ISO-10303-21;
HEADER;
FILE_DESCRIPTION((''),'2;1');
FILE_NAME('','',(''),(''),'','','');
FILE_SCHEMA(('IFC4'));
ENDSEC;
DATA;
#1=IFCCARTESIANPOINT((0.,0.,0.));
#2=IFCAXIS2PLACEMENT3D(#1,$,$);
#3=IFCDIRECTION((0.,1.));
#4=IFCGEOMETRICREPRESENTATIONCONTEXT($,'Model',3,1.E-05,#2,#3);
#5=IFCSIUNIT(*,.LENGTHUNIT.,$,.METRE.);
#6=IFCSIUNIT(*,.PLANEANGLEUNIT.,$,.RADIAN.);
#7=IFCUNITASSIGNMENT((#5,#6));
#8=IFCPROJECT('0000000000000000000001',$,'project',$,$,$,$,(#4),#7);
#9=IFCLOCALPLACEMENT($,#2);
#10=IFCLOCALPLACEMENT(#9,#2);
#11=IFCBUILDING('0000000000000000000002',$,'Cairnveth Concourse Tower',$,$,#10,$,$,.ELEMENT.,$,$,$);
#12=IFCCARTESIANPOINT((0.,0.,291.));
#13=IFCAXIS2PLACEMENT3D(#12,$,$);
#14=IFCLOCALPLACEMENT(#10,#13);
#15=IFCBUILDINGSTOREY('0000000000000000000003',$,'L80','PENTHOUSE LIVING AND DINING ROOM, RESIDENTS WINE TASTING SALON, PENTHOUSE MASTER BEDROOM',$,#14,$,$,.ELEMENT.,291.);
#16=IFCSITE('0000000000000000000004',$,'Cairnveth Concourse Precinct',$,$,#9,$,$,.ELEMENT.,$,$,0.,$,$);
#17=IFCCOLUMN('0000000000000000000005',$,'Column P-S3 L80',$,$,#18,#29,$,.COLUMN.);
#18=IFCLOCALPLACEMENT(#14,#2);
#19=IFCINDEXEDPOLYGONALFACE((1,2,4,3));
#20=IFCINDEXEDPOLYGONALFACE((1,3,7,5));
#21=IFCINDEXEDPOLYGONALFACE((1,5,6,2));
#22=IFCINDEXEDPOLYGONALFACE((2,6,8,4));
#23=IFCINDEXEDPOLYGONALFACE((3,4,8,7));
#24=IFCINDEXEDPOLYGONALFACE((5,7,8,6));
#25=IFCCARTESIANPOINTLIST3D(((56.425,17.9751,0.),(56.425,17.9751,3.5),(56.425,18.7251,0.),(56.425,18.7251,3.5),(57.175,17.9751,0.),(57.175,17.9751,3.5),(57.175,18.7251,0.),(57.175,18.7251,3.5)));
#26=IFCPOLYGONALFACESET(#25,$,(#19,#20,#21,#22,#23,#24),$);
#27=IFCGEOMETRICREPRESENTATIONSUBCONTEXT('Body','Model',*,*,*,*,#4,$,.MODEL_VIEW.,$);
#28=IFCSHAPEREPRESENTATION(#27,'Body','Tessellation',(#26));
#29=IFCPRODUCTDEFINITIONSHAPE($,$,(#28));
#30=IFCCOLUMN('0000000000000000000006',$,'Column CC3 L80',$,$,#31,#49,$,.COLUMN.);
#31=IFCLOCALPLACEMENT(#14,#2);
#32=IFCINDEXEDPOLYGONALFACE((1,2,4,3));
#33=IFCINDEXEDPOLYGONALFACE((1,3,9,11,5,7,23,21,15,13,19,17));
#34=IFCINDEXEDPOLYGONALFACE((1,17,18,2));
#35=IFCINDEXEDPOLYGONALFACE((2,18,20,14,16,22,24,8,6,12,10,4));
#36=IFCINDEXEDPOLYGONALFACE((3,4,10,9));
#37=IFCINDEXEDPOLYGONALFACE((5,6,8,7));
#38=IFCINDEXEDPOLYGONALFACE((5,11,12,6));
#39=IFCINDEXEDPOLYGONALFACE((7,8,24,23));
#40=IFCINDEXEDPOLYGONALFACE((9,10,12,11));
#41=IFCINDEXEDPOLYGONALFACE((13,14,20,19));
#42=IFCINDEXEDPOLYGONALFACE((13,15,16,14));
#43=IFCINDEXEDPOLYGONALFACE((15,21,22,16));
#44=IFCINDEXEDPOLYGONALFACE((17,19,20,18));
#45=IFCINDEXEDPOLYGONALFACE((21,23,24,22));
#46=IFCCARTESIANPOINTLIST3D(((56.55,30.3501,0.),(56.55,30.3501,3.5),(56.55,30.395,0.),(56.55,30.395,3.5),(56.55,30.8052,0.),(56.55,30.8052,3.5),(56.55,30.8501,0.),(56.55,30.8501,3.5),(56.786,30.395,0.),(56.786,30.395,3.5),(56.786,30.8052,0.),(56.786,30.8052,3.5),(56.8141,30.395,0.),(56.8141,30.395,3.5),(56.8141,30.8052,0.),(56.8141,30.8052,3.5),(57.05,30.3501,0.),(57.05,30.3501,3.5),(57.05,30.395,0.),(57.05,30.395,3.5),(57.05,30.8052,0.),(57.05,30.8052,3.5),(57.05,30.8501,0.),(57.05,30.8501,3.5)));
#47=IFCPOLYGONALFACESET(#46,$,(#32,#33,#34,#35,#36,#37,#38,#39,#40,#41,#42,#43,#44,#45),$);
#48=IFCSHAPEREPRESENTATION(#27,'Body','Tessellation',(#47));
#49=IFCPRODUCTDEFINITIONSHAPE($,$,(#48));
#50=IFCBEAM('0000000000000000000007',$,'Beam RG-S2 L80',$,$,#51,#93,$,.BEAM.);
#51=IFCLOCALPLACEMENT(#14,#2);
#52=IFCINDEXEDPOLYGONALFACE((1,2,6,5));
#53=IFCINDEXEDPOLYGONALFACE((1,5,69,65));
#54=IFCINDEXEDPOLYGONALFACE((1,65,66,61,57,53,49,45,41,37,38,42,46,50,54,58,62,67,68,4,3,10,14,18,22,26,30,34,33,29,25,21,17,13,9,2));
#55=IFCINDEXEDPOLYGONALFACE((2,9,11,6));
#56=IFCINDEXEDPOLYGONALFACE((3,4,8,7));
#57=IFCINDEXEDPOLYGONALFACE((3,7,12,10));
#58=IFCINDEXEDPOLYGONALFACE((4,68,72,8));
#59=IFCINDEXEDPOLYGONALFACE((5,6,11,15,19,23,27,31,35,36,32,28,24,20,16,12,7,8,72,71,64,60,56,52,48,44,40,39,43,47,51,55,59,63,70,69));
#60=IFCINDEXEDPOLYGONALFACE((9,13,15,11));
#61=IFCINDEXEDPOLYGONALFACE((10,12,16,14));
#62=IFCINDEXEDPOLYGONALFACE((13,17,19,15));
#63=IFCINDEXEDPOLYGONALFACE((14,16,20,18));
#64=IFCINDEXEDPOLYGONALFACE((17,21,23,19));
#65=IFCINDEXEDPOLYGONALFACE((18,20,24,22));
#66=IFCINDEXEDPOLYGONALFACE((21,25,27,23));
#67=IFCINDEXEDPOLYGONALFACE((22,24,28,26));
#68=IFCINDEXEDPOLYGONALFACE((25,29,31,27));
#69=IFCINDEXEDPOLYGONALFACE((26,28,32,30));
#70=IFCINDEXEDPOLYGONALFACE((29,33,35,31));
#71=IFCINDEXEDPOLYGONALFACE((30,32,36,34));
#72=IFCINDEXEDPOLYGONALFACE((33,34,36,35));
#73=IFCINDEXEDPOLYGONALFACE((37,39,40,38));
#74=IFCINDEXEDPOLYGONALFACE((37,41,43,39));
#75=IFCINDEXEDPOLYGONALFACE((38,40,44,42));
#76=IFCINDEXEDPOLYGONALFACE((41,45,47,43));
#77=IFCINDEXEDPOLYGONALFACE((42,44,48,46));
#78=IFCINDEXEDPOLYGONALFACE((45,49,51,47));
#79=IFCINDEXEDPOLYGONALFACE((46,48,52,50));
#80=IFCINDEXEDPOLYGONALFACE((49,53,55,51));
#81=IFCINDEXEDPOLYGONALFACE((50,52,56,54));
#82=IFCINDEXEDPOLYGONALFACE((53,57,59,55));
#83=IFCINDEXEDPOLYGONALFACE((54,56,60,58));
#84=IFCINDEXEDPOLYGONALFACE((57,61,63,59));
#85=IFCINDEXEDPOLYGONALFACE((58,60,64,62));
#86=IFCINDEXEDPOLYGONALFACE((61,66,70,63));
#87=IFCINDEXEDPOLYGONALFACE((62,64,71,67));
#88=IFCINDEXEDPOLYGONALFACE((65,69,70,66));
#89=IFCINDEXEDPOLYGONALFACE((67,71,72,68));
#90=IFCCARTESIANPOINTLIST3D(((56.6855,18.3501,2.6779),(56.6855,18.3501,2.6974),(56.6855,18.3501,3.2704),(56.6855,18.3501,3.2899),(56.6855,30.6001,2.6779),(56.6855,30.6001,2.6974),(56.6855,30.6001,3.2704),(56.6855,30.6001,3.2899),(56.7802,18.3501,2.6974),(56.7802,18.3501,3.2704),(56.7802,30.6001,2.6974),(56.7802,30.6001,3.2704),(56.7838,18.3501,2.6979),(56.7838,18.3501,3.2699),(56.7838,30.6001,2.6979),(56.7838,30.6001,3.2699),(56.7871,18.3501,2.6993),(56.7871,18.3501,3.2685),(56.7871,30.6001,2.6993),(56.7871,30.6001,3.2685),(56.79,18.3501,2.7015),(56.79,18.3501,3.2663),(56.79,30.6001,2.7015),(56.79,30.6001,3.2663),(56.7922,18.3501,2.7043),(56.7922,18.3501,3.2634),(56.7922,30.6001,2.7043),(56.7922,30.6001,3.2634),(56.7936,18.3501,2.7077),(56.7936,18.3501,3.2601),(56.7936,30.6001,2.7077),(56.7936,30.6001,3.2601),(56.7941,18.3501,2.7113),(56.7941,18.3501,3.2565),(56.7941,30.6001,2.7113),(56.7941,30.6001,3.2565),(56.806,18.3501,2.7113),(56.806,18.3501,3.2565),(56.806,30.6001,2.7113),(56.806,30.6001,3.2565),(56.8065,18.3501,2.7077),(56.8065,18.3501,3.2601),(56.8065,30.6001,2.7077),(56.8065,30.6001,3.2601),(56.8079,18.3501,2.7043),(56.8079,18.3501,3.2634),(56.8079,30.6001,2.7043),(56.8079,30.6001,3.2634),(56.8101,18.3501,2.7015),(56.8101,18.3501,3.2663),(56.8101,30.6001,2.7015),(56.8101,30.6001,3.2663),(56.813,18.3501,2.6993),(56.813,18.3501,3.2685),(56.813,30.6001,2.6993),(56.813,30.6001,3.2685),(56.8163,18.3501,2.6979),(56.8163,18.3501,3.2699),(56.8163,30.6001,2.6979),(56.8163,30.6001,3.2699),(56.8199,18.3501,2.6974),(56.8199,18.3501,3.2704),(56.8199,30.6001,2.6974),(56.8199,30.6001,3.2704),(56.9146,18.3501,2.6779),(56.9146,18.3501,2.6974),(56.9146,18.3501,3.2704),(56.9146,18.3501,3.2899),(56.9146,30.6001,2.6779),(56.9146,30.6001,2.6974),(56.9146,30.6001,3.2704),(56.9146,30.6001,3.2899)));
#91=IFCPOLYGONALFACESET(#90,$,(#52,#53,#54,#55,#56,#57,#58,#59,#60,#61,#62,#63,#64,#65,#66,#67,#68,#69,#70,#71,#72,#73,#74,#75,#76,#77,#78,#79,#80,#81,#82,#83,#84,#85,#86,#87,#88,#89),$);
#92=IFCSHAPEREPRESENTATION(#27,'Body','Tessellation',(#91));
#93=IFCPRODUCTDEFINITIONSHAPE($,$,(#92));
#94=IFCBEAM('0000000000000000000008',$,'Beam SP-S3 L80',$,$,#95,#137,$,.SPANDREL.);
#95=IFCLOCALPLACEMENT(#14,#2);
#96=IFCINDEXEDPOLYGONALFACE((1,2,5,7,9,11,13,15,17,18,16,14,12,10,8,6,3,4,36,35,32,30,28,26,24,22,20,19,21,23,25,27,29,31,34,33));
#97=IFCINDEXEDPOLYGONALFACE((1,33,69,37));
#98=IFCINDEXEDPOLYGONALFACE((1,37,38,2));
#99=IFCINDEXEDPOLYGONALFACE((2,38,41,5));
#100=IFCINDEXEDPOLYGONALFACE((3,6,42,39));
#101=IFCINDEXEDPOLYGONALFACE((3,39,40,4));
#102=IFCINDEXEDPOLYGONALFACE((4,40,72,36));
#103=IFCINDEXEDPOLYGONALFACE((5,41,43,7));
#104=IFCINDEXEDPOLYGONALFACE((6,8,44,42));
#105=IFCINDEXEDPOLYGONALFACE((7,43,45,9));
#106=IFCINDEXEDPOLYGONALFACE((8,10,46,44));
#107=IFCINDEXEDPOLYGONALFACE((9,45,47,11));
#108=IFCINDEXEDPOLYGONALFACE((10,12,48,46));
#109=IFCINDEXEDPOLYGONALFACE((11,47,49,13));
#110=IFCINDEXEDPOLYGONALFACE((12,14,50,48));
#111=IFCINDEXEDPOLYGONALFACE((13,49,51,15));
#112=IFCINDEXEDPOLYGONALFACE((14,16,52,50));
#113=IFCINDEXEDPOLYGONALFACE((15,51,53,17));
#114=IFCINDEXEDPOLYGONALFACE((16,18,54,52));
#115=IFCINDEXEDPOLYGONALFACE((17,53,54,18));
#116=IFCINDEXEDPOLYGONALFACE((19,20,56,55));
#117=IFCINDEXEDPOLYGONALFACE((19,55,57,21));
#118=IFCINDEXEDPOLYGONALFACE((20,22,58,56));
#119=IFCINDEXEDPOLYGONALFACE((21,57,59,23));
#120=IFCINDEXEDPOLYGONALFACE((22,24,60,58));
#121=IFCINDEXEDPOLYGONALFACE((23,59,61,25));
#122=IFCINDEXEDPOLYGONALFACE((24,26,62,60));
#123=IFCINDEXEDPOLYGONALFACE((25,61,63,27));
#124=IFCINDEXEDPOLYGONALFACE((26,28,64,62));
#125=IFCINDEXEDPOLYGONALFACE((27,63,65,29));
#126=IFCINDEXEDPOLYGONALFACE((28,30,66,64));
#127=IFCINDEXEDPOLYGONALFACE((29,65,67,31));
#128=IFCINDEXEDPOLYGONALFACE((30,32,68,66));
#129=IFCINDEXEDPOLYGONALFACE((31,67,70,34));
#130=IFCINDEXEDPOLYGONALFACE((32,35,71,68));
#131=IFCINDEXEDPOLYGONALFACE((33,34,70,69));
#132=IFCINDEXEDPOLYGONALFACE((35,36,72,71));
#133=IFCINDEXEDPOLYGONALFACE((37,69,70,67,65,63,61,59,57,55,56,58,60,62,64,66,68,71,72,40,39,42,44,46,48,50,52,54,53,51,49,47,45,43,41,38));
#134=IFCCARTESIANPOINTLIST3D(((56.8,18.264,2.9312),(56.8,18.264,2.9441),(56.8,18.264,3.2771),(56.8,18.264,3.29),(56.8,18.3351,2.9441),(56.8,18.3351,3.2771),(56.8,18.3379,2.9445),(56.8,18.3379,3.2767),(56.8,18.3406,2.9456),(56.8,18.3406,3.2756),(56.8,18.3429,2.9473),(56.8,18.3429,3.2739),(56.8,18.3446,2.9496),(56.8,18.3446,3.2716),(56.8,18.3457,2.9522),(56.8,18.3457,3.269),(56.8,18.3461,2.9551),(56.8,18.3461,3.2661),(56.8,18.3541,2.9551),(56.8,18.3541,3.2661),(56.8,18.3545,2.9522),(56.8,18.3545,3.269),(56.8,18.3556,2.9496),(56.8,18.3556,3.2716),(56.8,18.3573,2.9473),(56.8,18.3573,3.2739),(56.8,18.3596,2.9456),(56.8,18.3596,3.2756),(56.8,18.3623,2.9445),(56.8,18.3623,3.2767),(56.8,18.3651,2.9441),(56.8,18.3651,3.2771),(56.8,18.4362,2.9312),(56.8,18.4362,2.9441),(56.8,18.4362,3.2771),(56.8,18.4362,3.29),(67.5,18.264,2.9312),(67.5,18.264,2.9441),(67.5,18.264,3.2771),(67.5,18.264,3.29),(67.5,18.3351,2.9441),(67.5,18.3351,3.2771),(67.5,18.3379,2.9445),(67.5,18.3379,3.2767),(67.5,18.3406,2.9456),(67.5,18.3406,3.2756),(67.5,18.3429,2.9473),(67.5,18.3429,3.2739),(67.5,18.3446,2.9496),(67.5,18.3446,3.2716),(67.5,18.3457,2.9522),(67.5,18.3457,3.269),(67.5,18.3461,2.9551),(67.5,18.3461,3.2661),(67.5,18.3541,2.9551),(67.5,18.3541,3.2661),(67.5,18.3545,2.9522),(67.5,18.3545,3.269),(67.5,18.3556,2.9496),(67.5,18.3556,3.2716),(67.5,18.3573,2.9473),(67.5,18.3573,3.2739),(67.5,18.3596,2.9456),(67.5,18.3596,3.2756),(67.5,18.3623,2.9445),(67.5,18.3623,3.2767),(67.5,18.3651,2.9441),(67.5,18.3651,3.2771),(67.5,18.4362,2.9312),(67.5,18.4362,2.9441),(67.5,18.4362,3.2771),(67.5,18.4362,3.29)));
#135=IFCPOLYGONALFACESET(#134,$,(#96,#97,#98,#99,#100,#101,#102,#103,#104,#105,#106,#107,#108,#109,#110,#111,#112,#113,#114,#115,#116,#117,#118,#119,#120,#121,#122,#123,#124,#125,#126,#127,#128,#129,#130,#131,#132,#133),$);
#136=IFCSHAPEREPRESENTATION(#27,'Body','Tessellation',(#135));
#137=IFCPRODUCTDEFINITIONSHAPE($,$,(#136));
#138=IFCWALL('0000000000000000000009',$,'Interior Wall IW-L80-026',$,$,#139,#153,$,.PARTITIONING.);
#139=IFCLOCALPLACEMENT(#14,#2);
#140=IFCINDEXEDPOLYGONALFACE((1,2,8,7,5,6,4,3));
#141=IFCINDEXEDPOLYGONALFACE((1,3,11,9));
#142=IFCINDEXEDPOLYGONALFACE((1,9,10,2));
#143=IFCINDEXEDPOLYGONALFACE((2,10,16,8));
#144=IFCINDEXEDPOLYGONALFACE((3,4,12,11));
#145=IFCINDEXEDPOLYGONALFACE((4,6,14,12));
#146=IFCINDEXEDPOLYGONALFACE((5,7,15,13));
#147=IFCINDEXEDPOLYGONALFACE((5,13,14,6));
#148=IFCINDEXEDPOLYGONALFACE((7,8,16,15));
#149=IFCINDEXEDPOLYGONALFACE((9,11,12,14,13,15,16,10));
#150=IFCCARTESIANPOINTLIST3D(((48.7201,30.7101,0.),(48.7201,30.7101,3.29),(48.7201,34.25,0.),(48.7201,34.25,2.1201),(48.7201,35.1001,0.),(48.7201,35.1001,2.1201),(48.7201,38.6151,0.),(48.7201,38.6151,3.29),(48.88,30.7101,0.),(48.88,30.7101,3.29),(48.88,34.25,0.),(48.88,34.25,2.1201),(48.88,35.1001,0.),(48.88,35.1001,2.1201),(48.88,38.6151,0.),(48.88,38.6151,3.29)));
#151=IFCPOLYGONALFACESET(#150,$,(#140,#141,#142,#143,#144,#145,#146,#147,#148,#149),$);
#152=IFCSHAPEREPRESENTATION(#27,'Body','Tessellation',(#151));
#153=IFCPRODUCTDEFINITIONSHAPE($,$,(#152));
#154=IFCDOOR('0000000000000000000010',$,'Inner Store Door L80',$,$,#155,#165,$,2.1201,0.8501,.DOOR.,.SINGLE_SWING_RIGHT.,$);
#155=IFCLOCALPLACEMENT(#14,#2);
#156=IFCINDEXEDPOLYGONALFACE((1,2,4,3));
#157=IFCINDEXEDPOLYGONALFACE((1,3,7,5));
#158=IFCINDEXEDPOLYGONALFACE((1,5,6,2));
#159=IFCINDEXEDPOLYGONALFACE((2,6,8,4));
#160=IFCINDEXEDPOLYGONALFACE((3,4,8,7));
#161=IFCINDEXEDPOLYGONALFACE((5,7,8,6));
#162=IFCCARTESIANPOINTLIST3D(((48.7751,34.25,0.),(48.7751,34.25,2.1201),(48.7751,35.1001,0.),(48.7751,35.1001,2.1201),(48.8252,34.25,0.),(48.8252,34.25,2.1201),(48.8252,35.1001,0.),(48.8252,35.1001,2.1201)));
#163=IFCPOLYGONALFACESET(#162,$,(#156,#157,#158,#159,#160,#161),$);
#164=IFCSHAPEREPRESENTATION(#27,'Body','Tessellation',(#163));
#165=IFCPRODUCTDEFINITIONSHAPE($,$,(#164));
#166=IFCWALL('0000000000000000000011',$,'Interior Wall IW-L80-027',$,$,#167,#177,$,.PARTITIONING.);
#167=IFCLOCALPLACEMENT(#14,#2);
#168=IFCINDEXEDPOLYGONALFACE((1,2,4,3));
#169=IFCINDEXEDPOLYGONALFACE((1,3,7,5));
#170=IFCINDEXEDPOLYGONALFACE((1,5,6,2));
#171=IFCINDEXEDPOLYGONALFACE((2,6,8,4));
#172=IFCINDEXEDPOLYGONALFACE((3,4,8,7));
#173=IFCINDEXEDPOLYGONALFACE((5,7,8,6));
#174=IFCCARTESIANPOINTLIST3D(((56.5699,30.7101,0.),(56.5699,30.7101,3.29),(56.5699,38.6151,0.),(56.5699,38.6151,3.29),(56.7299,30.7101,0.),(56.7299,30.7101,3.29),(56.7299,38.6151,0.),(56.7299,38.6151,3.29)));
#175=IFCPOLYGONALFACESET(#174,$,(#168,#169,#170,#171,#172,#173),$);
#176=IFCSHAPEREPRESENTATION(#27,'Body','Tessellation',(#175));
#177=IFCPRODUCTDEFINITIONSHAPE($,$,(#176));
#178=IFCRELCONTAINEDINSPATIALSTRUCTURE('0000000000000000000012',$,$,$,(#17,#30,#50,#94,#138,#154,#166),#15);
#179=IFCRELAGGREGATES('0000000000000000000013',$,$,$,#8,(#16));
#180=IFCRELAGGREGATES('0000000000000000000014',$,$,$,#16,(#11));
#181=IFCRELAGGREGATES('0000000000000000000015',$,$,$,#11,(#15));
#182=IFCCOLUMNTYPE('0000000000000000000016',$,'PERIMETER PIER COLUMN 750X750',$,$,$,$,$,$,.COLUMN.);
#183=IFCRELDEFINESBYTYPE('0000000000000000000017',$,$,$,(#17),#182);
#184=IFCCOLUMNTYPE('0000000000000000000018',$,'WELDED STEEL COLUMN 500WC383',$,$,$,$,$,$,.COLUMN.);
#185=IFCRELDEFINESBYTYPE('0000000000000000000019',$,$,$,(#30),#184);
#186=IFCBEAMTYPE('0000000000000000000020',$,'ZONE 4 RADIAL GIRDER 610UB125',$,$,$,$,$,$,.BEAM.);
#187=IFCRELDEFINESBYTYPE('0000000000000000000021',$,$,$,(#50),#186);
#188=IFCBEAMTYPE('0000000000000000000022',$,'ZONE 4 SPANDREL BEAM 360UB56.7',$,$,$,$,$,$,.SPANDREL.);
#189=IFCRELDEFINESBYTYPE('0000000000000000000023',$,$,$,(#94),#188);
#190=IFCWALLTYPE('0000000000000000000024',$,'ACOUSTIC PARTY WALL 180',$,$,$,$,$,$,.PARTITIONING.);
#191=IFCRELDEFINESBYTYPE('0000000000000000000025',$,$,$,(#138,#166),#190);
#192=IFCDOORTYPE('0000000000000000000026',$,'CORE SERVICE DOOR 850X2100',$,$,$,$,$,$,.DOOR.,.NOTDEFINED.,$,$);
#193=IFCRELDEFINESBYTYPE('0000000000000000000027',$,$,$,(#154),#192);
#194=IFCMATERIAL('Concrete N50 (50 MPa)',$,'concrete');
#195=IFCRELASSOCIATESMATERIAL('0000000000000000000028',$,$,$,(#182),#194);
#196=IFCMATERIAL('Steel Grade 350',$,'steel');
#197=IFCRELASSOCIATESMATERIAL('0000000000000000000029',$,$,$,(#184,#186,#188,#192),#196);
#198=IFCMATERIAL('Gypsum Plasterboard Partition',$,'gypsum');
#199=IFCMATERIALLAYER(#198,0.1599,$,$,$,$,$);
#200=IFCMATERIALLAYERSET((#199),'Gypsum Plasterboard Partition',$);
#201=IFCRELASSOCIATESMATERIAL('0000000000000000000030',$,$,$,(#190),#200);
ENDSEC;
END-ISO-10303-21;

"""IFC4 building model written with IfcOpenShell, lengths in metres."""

from ifc_helpers import new_model, si_unit, direction, frame, frame_2d, origin, origin_2d, place, context, subcontext, project, spatial, rectangle, i_section, extrude, material, layer, layer_set, material_profile, profile_set, type_object, element, fill, save


model = new_model("IFC4")

# Units and contexts
model_context = context("Model", 3, precision=1e-05, world=origin(), true_north=direction((0.0, 1.0)))
body_context = subcontext(model_context, "Body", "Model", "MODEL_VIEW")
ifc_project = project(units=[si_unit("LENGTHUNIT", "METRE"), si_unit("PLANEANGLEUNIT", "RADIAN")], contexts=[model_context])

# Site, building, storey
site_placement = place(None, origin())
site = spatial("IfcSite", under=ifc_project, at=site_placement, Name="Cairnveth Concourse Precinct", CompositionType="ELEMENT", RefElevation=0.0)
building_placement = place(site_placement, origin())
building = spatial("IfcBuilding", under=site, at=building_placement, Name="Cairnveth Concourse Tower", CompositionType="ELEMENT")
storey_placement = place(building_placement, frame((0.0, 0.0, 291.0)))
storey = spatial("IfcBuildingStorey", under=building, at=storey_placement, Name="L80", Description="PENTHOUSE LIVING AND DINING ROOM, RESIDENTS WINE TASTING SALON, PENTHOUSE MASTER BEDROOM", CompositionType="ELEMENT", Elevation=291.0)

# Columns
ifc_material_1 = material(Name="Concrete N50 (50 MPa)", Category="concrete")
ifc_material_profile_1 = material_profile(ifc_material_1, rectangle(XDim=0.75, YDim=0.75, at=origin_2d()), Name="RC-COL-750x750")
ifc_profile_set_1 = profile_set([ifc_material_profile_1], Name="Concrete N50 (50 MPa)")
column_type_1 = type_object("IfcColumnType", Name="PERIMETER PIER COLUMN 750X750", PredefinedType="COLUMN", material=ifc_profile_set_1)
column_1_placement = place(storey_placement, frame((56.8, 18.3501, 0.0), z_axis=(0.0, 0.0, 1.0), x_axis=(1.0, 0.0, 0.0)))
element("IfcColumn", 1, at=column_1_placement, inside=storey, type_object=column_type_1, Name="Column P-S3 L80", PredefinedType="COLUMN", context=body_context, shape_type="SweptSolid", body=[
    extrude(rectangle(XDim=0.75, YDim=0.75, at=origin_2d()), origin(), (0.0, 0.0, 1.0), 3.5),
])
ifc_material_2 = material(Name="Steel Grade 350", Category="steel")
ifc_material_profile_2 = material_profile(ifc_material_2, i_section(OverallWidth=0.5, OverallDepth=0.5, WebThickness=0.0281, FlangeThickness=0.0449, at=origin_2d()), Name="500WC383")
ifc_profile_set_2 = profile_set([ifc_material_profile_2], Name="Steel Grade 350")
column_type_2 = type_object("IfcColumnType", Name="WELDED STEEL COLUMN 500WC383", PredefinedType="COLUMN", material=ifc_profile_set_2)
column_2_placement = place(storey_placement, frame((56.8, 30.6001, 0.0), z_axis=(0.0, 0.0, 1.0), x_axis=(1.0, 0.0, 0.0)))
element("IfcColumn", 2, at=column_2_placement, inside=storey, type_object=column_type_2, Name="Column CC3 L80", PredefinedType="COLUMN", context=body_context, shape_type="SweptSolid", body=[
    extrude(i_section(OverallWidth=0.5, OverallDepth=0.5, WebThickness=0.0281, FlangeThickness=0.0449, at=origin_2d()), origin(), (0.0, 0.0, 1.0), 3.5),
])

# Beams
ifc_material_profile_3 = material_profile(ifc_material_2, i_section(OverallWidth=0.229, OverallDepth=0.6121, WebThickness=0.012, FlangeThickness=0.0195, FilletRadius=0.0139, at=origin_2d()), Name="610UB125")
ifc_profile_set_3 = profile_set([ifc_material_profile_3], Name="Steel Grade 350")
beam_type_1 = type_object("IfcBeamType", Name="ZONE 4 RADIAL GIRDER 610UB125", PredefinedType="BEAM", material=ifc_profile_set_3)
beam_1_placement = place(storey_placement, frame((56.8, 18.3501, 2.9839), z_axis=(0.0, 1.0, 0.0), x_axis=(-1.0, 0.0, 0.0)))
element("IfcBeam", 3, at=beam_1_placement, inside=storey, type_object=beam_type_1, Name="Beam RG-S2 L80", PredefinedType="BEAM", context=body_context, shape_type="SweptSolid", body=[
    extrude(i_section(OverallWidth=0.229, OverallDepth=0.6121, WebThickness=0.012, FlangeThickness=0.0195, FilletRadius=0.0139, at=origin_2d()), origin(), (0.0, 0.0, 1.0), 12.25),
])
ifc_material_profile_4 = material_profile(ifc_material_2, i_section(OverallWidth=0.1721, OverallDepth=0.3589, WebThickness=0.0081, FlangeThickness=0.0129, FilletRadius=0.011, at=origin_2d()), Name="360UB56.7")
ifc_profile_set_4 = profile_set([ifc_material_profile_4], Name="Steel Grade 350")
beam_type_2 = type_object("IfcBeamType", Name="ZONE 4 SPANDREL BEAM 360UB56.7", PredefinedType="SPANDREL", material=ifc_profile_set_4)
beam_2_placement = place(storey_placement, frame((56.8, 18.3501, 3.1106), z_axis=(1.0, 0.0, 0.0), x_axis=(0.0, 1.0, 0.0)))
element("IfcBeam", 4, at=beam_2_placement, inside=storey, type_object=beam_type_2, Name="Beam SP-S3 L80", PredefinedType="SPANDREL", context=body_context, shape_type="SweptSolid", body=[
    extrude(i_section(OverallWidth=0.1721, OverallDepth=0.3589, WebThickness=0.0081, FlangeThickness=0.0129, FilletRadius=0.011, at=origin_2d()), origin(), (0.0, 0.0, 1.0), 10.7),
])

# Wall, opening, door
ifc_material_3 = material(Name="Gypsum Plasterboard Partition", Category="gypsum")
ifc_layer_1 = layer(ifc_material_3, 0.1599)
ifc_layer_set_1 = layer_set([ifc_layer_1], Name="Gypsum Plasterboard Partition")
wall_type_1 = type_object("IfcWallType", Name="ACOUSTIC PARTY WALL 180", PredefinedType="PARTITIONING", material=ifc_layer_set_1)
wall_1_placement = place(storey_placement, frame((48.8, 30.71, 0.0), z_axis=(0.0, 0.0, 1.0), x_axis=(0.0, 1.0, 0.0)))
wall_1 = element("IfcWall", 5, at=wall_1_placement, inside=storey, type_object=wall_type_1, Name="Interior Wall IW-L80-026", PredefinedType="PARTITIONING", context=body_context, shape_type="SweptSolid", body=[
    extrude(rectangle(XDim=7.905, YDim=0.1599, at=frame_2d((3.9526, 0.0))), origin(), (0.0, 0.0, 1.0), 3.29),
])
opening_1_placement = place(wall_1_placement, frame((3.54, 0.0, 0.0)))
opening_1 = element("IfcOpeningElement", 6, at=opening_1_placement, cuts=wall_1, PredefinedType="OPENING", context=body_context, shape_type="SweptSolid", body=[
    extrude(rectangle(XDim=0.8501, YDim=2.1201, at=frame_2d((0.425, 1.0601))), frame((0.0, 0.0898, 0.0), z_axis=(0.0, -1.0, 0.0), x_axis=(1.0, 0.0, 0.0)), (0.0, 0.0, 1.0), 0.1799),
])
door_type_1 = type_object("IfcDoorType", Name="CORE SERVICE DOOR 850X2100", OperationType="NOTDEFINED", PredefinedType="DOOR", material=ifc_material_2)
door_1_placement = place(opening_1_placement, origin())
door_1 = element("IfcDoor", 7, at=door_1_placement, inside=storey, type_object=door_type_1, Name="Inner Store Door L80", OperationType="SINGLE_SWING_RIGHT", OverallHeight=2.1201, OverallWidth=0.8501, PredefinedType="DOOR", context=body_context, shape_type="SweptSolid", body=[
    extrude(rectangle(XDim=0.8501, YDim=2.1201, at=frame_2d((0.425, 1.0601))), frame((0.0, 0.0249, 0.0), z_axis=(0.0, -1.0, 0.0), x_axis=(1.0, 0.0, 0.0)), (0.0, 0.0, 1.0), 0.05),
])
fill(opening_1, door_1)

# Wall
wall_2_placement = place(storey_placement, frame((56.6499, 30.71, 0.0), z_axis=(0.0, 0.0, 1.0), x_axis=(0.0, 1.0, 0.0)))
element("IfcWall", 8, at=wall_2_placement, inside=storey, type_object=wall_type_1, Name="Interior Wall IW-L80-027", PredefinedType="PARTITIONING", context=body_context, shape_type="SweptSolid", body=[
    extrude(rectangle(XDim=7.905, YDim=0.1599, at=frame_2d((3.9526, 0.0))), origin(), (0.0, 0.0, 1.0), 3.29),
])

save(model, "model.ifc")
